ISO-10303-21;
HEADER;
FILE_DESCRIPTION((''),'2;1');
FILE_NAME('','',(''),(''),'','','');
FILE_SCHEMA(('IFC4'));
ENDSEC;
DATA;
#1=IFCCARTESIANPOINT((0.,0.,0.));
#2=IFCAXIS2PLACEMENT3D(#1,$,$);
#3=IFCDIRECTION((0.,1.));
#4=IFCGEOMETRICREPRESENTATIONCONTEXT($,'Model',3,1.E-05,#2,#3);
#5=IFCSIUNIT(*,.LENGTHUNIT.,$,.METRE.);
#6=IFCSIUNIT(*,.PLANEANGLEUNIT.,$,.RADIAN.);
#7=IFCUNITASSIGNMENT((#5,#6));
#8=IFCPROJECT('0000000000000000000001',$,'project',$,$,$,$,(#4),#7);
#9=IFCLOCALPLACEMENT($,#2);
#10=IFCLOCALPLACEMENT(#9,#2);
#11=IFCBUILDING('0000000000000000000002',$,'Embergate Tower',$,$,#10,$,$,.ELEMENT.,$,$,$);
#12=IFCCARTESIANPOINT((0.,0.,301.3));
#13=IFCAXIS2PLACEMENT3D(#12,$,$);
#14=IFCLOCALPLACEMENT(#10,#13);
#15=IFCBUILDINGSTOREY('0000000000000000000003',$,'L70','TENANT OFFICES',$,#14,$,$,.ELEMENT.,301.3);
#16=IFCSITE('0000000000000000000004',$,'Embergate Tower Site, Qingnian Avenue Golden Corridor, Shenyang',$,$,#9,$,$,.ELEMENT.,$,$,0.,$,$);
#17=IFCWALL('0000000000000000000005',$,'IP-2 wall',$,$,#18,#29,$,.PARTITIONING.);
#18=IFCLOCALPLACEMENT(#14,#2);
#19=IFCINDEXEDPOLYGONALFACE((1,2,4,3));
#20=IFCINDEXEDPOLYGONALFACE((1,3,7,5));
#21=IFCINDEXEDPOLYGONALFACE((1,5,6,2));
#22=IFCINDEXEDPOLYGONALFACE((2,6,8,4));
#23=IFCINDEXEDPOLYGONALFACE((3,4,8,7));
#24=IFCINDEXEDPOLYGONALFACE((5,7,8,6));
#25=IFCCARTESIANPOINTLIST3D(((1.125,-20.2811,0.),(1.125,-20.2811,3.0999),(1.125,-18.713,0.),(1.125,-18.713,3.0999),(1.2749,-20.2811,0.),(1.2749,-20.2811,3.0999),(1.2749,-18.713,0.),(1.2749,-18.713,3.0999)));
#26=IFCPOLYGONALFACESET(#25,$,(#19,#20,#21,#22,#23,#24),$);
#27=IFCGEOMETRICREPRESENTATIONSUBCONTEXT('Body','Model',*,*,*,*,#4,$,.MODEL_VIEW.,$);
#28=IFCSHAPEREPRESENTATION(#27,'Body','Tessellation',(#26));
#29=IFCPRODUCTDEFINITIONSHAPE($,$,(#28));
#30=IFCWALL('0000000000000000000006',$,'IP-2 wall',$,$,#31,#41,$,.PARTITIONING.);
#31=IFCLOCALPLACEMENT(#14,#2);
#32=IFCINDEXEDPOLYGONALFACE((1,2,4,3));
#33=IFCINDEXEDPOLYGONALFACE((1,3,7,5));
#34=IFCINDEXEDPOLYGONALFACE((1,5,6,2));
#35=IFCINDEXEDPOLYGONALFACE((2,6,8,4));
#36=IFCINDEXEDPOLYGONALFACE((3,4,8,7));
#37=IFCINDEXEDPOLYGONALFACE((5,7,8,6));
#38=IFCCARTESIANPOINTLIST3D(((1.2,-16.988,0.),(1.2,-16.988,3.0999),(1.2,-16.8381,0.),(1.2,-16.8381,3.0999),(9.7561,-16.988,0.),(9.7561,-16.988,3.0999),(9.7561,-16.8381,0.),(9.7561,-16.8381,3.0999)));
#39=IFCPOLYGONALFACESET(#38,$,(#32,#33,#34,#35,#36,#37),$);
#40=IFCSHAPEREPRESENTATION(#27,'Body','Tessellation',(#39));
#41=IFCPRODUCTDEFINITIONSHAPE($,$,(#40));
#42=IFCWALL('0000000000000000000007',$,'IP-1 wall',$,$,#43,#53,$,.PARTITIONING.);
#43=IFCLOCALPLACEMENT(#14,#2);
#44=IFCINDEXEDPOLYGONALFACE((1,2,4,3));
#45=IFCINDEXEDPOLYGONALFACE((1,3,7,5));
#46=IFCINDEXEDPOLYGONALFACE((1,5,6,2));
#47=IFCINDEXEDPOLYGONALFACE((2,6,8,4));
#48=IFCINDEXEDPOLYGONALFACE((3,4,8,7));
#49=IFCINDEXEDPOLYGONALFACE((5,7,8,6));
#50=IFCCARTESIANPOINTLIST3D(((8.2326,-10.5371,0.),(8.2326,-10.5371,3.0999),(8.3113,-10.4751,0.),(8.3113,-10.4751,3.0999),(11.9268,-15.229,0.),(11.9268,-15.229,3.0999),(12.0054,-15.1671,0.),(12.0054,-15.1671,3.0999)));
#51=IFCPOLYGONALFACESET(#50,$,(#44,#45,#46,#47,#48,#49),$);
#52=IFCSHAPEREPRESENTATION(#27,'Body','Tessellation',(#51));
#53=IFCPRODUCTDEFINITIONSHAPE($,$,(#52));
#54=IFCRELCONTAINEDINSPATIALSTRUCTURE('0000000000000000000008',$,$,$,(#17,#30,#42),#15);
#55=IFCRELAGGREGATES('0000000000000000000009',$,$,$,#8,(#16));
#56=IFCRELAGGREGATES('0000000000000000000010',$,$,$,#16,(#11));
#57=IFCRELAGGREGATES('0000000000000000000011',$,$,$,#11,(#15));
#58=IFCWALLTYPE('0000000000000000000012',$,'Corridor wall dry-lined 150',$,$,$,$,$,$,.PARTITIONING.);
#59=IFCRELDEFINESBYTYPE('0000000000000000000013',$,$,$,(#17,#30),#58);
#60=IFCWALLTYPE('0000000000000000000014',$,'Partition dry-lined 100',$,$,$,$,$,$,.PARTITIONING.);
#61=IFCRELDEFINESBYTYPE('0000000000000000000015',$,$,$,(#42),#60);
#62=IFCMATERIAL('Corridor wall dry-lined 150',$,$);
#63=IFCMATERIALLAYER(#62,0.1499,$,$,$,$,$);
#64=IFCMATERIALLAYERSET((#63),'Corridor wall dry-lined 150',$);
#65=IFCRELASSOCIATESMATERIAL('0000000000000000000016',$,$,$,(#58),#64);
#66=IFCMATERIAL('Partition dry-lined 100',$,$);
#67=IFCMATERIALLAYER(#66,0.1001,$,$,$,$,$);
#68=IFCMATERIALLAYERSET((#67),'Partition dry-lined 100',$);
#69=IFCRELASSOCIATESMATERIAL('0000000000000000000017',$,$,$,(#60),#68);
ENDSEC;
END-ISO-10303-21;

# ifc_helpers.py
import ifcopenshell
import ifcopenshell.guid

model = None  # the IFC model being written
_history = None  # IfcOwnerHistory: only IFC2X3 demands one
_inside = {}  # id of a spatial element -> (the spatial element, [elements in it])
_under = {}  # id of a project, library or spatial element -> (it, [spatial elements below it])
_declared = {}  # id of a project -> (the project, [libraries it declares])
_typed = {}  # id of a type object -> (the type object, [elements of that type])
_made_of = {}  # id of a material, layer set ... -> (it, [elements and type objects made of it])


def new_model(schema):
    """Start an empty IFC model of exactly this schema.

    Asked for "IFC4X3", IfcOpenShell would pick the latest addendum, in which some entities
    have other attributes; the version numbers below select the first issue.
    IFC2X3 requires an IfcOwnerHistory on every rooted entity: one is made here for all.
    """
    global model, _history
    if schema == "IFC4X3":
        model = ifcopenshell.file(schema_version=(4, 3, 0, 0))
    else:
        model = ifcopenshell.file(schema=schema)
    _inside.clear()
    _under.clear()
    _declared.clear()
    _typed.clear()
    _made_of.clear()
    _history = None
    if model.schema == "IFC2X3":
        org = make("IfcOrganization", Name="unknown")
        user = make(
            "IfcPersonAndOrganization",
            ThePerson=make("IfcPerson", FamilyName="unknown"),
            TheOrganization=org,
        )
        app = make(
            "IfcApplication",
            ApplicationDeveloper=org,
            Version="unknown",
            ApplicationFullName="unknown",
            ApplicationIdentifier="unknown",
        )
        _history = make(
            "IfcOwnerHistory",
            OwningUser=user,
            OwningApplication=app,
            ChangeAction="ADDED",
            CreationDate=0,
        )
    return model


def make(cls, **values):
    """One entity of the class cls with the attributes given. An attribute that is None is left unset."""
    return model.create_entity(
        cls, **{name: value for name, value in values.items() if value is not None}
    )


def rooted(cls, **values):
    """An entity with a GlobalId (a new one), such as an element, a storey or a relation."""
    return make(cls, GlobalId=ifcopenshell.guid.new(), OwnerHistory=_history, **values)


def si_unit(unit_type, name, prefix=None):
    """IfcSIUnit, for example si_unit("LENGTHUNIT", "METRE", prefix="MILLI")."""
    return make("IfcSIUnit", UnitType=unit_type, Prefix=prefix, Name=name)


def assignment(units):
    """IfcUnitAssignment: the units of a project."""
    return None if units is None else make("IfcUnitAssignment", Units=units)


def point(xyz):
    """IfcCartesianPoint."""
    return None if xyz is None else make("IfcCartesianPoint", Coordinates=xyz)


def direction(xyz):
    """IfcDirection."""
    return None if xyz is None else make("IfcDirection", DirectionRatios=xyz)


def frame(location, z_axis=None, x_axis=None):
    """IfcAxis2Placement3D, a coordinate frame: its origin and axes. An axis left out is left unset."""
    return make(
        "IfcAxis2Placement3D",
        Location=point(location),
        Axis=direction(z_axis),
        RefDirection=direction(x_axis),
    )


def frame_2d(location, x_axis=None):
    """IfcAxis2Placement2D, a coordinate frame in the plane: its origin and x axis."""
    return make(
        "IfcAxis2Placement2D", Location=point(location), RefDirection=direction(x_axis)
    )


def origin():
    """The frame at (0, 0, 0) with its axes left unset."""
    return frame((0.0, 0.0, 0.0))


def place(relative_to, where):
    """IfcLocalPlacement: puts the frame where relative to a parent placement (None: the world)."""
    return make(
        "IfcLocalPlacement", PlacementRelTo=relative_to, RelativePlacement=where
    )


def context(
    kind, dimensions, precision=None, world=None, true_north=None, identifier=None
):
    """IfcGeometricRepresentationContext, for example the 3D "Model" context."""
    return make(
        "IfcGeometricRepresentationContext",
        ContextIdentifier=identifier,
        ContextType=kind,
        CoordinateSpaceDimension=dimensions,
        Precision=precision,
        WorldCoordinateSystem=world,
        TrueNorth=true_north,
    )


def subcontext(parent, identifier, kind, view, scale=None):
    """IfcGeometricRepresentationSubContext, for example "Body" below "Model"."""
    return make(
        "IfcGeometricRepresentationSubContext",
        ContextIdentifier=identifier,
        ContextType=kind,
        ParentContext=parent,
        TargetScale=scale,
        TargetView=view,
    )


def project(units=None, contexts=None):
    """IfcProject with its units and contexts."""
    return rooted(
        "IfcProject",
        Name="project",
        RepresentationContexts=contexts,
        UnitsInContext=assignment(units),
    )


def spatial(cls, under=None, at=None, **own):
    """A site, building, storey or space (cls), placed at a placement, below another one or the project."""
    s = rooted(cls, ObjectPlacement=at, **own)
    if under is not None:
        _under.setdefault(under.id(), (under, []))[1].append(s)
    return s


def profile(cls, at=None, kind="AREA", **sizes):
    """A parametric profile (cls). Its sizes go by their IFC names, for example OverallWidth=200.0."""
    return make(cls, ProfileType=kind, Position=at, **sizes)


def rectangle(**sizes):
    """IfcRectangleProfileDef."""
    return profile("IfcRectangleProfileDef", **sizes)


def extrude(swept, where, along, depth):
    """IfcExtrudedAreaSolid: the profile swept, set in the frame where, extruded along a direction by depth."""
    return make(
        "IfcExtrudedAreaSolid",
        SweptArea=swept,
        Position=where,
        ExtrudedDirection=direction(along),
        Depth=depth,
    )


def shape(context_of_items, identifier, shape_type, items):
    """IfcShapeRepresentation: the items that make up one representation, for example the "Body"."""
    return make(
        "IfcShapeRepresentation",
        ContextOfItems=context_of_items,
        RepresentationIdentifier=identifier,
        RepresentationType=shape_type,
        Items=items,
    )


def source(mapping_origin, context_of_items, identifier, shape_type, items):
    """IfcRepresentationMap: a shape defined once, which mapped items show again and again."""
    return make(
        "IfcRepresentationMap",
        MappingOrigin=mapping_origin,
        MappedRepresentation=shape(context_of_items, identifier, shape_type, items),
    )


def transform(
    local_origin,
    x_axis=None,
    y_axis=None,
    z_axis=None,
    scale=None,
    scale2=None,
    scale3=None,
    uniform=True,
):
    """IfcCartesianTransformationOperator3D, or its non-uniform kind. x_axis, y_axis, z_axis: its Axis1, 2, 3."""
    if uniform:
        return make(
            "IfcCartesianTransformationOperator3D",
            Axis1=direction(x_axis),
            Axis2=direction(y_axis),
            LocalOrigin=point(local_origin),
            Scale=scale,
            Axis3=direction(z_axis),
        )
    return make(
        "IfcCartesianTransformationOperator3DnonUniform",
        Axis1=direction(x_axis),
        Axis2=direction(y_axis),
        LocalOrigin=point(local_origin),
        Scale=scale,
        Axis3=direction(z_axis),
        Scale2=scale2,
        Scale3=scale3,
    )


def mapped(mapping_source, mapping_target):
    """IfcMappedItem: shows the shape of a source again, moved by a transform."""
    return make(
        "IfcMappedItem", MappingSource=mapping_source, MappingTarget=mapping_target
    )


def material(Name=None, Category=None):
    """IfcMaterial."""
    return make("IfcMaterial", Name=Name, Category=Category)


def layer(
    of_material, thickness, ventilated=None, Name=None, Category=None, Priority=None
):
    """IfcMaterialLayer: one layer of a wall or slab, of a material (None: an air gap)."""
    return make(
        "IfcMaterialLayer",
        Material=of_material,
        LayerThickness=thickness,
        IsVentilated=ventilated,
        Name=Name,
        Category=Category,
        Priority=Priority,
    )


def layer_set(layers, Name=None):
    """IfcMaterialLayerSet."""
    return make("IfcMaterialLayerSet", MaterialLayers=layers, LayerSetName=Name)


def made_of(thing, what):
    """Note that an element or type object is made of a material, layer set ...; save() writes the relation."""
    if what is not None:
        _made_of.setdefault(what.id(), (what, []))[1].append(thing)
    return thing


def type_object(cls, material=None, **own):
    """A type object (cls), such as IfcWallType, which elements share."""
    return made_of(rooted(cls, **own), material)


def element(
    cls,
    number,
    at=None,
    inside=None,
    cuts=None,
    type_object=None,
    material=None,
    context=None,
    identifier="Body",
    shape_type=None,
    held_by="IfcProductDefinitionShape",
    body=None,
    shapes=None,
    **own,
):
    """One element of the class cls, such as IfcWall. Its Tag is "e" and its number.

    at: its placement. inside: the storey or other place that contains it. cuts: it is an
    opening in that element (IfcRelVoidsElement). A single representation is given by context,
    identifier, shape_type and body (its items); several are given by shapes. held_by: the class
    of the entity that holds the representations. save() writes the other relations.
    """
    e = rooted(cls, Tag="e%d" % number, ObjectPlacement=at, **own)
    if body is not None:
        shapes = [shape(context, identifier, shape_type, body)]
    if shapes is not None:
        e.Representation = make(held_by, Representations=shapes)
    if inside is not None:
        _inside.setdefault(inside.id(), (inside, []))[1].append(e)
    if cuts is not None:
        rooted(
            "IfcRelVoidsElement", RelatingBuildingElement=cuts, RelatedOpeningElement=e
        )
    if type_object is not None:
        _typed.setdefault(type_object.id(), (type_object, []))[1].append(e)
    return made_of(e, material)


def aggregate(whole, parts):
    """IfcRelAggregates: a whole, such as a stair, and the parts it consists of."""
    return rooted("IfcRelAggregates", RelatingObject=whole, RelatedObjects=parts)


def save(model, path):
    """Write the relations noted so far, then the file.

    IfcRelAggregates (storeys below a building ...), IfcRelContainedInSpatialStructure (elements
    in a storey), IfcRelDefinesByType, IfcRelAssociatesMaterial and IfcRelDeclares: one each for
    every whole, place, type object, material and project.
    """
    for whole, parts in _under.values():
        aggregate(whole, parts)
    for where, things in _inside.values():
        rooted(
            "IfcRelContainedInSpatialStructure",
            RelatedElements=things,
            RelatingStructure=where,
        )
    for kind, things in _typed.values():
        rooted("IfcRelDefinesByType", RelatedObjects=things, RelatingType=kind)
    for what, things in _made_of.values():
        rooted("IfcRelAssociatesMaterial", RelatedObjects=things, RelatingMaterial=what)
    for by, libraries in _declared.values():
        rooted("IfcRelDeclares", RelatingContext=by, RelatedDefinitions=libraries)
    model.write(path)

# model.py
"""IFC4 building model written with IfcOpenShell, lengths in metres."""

from ifc_helpers import new_model, si_unit, direction, frame, frame_2d, origin, place, context, subcontext, project, spatial, rectangle, extrude, source, transform, mapped, material, layer, layer_set, type_object, element, save


model = new_model("IFC4")

# Units and contexts
model_context = context("Model", 3, precision=1e-05, world=origin(), true_north=direction((0.0, 1.0)))
body_context = subcontext(model_context, "Body", "Model", "MODEL_VIEW")
ifc_project = project(units=[si_unit("LENGTHUNIT", "METRE"), si_unit("PLANEANGLEUNIT", "RADIAN")], contexts=[model_context])

# Site, building, storey
site_placement = place(None, origin())
site = spatial("IfcSite", under=ifc_project, at=site_placement, Name="Embergate Tower Site, Qingnian Avenue Golden Corridor, Shenyang", CompositionType="ELEMENT", RefElevation=0.0)
building_placement = place(site_placement, origin())
building = spatial("IfcBuilding", under=site, at=building_placement, Name="Embergate Tower", CompositionType="ELEMENT")
storey_placement = place(building_placement, frame((0.0, 0.0, 301.3)))
storey = spatial("IfcBuildingStorey", under=building, at=storey_placement, Name="L70", Description="TENANT OFFICES", CompositionType="ELEMENT", Elevation=301.3)

# Shared definitions
ifc_material_1 = material(Name="Corridor wall dry-lined 150")
ifc_layer_1 = layer(ifc_material_1, 0.1499)
ifc_layer_set_1 = layer_set([ifc_layer_1], Name="Corridor wall dry-lined 150")
wall_type_1 = type_object("IfcWallType", Name="Corridor wall dry-lined 150", PredefinedType="PARTITIONING", material=ifc_layer_set_1)
ifc_material_2 = material(Name="Partition dry-lined 100")
ifc_layer_2 = layer(ifc_material_2, 0.1001)
ifc_layer_set_2 = layer_set([ifc_layer_2], Name="Partition dry-lined 100")
wall_type_2 = type_object("IfcWallType", Name="Partition dry-lined 100", PredefinedType="PARTITIONING", material=ifc_layer_set_2)

# Walls
shared_shape_1 = source(origin(), body_context, "Body", "SweptSolid", [
    extrude(rectangle(XDim=1.5681, YDim=0.1499, at=frame_2d((0.7842, 0.0))), origin(), (0.0, 0.0, 1.0), 3.0999),
])
wall_1_placement = place(storey_placement, frame((1.2, -18.7129, 0.0), z_axis=(0.0, 0.0, 1.0), x_axis=(0.0, -1.0, 0.0)))
element("IfcWall", 1, at=wall_1_placement, inside=storey, type_object=wall_type_1, Name="IP-2 wall", PredefinedType="PARTITIONING", context=body_context, shape_type="MappedRepresentation", body=[
    mapped(shared_shape_1, transform((0.0, 0.0, 0.0))),
])
shared_shape_2 = source(origin(), body_context, "Body", "SweptSolid", [
    extrude(rectangle(XDim=8.5562, YDim=0.1499, at=frame_2d((4.2781, 0.0))), origin(), (0.0, 0.0, 1.0), 3.0999),
])
wall_2_placement = place(storey_placement, frame((1.2, -16.9131, 0.0), z_axis=(0.0, 0.0, 1.0), x_axis=(1.0, 0.0, 0.0)))
element("IfcWall", 2, at=wall_2_placement, inside=storey, type_object=wall_type_1, Name="IP-2 wall", PredefinedType="PARTITIONING", context=body_context, shape_type="MappedRepresentation", body=[
    mapped(shared_shape_2, transform((0.0, 0.0, 0.0))),
])
shared_shape_3 = source(origin(), body_context, "Body", "SweptSolid", [
    extrude(rectangle(XDim=5.9717, YDim=0.1001, at=frame_2d((2.9858, 0.0))), origin(), (0.0, 0.0, 1.0), 3.0999),
])
wall_3_placement = place(storey_placement, frame((8.272, -10.5061, 0.0), z_axis=(0.0, 0.0, 1.0), x_axis=(0.618608, -0.785699, 0.0)))
element("IfcWall", 3, at=wall_3_placement, inside=storey, type_object=wall_type_2, Name="IP-1 wall", PredefinedType="PARTITIONING", context=body_context, shape_type="MappedRepresentation", body=[
    mapped(shared_shape_3, transform((0.0, 0.0, 0.0))),
])

save(model, "model.ifc")
